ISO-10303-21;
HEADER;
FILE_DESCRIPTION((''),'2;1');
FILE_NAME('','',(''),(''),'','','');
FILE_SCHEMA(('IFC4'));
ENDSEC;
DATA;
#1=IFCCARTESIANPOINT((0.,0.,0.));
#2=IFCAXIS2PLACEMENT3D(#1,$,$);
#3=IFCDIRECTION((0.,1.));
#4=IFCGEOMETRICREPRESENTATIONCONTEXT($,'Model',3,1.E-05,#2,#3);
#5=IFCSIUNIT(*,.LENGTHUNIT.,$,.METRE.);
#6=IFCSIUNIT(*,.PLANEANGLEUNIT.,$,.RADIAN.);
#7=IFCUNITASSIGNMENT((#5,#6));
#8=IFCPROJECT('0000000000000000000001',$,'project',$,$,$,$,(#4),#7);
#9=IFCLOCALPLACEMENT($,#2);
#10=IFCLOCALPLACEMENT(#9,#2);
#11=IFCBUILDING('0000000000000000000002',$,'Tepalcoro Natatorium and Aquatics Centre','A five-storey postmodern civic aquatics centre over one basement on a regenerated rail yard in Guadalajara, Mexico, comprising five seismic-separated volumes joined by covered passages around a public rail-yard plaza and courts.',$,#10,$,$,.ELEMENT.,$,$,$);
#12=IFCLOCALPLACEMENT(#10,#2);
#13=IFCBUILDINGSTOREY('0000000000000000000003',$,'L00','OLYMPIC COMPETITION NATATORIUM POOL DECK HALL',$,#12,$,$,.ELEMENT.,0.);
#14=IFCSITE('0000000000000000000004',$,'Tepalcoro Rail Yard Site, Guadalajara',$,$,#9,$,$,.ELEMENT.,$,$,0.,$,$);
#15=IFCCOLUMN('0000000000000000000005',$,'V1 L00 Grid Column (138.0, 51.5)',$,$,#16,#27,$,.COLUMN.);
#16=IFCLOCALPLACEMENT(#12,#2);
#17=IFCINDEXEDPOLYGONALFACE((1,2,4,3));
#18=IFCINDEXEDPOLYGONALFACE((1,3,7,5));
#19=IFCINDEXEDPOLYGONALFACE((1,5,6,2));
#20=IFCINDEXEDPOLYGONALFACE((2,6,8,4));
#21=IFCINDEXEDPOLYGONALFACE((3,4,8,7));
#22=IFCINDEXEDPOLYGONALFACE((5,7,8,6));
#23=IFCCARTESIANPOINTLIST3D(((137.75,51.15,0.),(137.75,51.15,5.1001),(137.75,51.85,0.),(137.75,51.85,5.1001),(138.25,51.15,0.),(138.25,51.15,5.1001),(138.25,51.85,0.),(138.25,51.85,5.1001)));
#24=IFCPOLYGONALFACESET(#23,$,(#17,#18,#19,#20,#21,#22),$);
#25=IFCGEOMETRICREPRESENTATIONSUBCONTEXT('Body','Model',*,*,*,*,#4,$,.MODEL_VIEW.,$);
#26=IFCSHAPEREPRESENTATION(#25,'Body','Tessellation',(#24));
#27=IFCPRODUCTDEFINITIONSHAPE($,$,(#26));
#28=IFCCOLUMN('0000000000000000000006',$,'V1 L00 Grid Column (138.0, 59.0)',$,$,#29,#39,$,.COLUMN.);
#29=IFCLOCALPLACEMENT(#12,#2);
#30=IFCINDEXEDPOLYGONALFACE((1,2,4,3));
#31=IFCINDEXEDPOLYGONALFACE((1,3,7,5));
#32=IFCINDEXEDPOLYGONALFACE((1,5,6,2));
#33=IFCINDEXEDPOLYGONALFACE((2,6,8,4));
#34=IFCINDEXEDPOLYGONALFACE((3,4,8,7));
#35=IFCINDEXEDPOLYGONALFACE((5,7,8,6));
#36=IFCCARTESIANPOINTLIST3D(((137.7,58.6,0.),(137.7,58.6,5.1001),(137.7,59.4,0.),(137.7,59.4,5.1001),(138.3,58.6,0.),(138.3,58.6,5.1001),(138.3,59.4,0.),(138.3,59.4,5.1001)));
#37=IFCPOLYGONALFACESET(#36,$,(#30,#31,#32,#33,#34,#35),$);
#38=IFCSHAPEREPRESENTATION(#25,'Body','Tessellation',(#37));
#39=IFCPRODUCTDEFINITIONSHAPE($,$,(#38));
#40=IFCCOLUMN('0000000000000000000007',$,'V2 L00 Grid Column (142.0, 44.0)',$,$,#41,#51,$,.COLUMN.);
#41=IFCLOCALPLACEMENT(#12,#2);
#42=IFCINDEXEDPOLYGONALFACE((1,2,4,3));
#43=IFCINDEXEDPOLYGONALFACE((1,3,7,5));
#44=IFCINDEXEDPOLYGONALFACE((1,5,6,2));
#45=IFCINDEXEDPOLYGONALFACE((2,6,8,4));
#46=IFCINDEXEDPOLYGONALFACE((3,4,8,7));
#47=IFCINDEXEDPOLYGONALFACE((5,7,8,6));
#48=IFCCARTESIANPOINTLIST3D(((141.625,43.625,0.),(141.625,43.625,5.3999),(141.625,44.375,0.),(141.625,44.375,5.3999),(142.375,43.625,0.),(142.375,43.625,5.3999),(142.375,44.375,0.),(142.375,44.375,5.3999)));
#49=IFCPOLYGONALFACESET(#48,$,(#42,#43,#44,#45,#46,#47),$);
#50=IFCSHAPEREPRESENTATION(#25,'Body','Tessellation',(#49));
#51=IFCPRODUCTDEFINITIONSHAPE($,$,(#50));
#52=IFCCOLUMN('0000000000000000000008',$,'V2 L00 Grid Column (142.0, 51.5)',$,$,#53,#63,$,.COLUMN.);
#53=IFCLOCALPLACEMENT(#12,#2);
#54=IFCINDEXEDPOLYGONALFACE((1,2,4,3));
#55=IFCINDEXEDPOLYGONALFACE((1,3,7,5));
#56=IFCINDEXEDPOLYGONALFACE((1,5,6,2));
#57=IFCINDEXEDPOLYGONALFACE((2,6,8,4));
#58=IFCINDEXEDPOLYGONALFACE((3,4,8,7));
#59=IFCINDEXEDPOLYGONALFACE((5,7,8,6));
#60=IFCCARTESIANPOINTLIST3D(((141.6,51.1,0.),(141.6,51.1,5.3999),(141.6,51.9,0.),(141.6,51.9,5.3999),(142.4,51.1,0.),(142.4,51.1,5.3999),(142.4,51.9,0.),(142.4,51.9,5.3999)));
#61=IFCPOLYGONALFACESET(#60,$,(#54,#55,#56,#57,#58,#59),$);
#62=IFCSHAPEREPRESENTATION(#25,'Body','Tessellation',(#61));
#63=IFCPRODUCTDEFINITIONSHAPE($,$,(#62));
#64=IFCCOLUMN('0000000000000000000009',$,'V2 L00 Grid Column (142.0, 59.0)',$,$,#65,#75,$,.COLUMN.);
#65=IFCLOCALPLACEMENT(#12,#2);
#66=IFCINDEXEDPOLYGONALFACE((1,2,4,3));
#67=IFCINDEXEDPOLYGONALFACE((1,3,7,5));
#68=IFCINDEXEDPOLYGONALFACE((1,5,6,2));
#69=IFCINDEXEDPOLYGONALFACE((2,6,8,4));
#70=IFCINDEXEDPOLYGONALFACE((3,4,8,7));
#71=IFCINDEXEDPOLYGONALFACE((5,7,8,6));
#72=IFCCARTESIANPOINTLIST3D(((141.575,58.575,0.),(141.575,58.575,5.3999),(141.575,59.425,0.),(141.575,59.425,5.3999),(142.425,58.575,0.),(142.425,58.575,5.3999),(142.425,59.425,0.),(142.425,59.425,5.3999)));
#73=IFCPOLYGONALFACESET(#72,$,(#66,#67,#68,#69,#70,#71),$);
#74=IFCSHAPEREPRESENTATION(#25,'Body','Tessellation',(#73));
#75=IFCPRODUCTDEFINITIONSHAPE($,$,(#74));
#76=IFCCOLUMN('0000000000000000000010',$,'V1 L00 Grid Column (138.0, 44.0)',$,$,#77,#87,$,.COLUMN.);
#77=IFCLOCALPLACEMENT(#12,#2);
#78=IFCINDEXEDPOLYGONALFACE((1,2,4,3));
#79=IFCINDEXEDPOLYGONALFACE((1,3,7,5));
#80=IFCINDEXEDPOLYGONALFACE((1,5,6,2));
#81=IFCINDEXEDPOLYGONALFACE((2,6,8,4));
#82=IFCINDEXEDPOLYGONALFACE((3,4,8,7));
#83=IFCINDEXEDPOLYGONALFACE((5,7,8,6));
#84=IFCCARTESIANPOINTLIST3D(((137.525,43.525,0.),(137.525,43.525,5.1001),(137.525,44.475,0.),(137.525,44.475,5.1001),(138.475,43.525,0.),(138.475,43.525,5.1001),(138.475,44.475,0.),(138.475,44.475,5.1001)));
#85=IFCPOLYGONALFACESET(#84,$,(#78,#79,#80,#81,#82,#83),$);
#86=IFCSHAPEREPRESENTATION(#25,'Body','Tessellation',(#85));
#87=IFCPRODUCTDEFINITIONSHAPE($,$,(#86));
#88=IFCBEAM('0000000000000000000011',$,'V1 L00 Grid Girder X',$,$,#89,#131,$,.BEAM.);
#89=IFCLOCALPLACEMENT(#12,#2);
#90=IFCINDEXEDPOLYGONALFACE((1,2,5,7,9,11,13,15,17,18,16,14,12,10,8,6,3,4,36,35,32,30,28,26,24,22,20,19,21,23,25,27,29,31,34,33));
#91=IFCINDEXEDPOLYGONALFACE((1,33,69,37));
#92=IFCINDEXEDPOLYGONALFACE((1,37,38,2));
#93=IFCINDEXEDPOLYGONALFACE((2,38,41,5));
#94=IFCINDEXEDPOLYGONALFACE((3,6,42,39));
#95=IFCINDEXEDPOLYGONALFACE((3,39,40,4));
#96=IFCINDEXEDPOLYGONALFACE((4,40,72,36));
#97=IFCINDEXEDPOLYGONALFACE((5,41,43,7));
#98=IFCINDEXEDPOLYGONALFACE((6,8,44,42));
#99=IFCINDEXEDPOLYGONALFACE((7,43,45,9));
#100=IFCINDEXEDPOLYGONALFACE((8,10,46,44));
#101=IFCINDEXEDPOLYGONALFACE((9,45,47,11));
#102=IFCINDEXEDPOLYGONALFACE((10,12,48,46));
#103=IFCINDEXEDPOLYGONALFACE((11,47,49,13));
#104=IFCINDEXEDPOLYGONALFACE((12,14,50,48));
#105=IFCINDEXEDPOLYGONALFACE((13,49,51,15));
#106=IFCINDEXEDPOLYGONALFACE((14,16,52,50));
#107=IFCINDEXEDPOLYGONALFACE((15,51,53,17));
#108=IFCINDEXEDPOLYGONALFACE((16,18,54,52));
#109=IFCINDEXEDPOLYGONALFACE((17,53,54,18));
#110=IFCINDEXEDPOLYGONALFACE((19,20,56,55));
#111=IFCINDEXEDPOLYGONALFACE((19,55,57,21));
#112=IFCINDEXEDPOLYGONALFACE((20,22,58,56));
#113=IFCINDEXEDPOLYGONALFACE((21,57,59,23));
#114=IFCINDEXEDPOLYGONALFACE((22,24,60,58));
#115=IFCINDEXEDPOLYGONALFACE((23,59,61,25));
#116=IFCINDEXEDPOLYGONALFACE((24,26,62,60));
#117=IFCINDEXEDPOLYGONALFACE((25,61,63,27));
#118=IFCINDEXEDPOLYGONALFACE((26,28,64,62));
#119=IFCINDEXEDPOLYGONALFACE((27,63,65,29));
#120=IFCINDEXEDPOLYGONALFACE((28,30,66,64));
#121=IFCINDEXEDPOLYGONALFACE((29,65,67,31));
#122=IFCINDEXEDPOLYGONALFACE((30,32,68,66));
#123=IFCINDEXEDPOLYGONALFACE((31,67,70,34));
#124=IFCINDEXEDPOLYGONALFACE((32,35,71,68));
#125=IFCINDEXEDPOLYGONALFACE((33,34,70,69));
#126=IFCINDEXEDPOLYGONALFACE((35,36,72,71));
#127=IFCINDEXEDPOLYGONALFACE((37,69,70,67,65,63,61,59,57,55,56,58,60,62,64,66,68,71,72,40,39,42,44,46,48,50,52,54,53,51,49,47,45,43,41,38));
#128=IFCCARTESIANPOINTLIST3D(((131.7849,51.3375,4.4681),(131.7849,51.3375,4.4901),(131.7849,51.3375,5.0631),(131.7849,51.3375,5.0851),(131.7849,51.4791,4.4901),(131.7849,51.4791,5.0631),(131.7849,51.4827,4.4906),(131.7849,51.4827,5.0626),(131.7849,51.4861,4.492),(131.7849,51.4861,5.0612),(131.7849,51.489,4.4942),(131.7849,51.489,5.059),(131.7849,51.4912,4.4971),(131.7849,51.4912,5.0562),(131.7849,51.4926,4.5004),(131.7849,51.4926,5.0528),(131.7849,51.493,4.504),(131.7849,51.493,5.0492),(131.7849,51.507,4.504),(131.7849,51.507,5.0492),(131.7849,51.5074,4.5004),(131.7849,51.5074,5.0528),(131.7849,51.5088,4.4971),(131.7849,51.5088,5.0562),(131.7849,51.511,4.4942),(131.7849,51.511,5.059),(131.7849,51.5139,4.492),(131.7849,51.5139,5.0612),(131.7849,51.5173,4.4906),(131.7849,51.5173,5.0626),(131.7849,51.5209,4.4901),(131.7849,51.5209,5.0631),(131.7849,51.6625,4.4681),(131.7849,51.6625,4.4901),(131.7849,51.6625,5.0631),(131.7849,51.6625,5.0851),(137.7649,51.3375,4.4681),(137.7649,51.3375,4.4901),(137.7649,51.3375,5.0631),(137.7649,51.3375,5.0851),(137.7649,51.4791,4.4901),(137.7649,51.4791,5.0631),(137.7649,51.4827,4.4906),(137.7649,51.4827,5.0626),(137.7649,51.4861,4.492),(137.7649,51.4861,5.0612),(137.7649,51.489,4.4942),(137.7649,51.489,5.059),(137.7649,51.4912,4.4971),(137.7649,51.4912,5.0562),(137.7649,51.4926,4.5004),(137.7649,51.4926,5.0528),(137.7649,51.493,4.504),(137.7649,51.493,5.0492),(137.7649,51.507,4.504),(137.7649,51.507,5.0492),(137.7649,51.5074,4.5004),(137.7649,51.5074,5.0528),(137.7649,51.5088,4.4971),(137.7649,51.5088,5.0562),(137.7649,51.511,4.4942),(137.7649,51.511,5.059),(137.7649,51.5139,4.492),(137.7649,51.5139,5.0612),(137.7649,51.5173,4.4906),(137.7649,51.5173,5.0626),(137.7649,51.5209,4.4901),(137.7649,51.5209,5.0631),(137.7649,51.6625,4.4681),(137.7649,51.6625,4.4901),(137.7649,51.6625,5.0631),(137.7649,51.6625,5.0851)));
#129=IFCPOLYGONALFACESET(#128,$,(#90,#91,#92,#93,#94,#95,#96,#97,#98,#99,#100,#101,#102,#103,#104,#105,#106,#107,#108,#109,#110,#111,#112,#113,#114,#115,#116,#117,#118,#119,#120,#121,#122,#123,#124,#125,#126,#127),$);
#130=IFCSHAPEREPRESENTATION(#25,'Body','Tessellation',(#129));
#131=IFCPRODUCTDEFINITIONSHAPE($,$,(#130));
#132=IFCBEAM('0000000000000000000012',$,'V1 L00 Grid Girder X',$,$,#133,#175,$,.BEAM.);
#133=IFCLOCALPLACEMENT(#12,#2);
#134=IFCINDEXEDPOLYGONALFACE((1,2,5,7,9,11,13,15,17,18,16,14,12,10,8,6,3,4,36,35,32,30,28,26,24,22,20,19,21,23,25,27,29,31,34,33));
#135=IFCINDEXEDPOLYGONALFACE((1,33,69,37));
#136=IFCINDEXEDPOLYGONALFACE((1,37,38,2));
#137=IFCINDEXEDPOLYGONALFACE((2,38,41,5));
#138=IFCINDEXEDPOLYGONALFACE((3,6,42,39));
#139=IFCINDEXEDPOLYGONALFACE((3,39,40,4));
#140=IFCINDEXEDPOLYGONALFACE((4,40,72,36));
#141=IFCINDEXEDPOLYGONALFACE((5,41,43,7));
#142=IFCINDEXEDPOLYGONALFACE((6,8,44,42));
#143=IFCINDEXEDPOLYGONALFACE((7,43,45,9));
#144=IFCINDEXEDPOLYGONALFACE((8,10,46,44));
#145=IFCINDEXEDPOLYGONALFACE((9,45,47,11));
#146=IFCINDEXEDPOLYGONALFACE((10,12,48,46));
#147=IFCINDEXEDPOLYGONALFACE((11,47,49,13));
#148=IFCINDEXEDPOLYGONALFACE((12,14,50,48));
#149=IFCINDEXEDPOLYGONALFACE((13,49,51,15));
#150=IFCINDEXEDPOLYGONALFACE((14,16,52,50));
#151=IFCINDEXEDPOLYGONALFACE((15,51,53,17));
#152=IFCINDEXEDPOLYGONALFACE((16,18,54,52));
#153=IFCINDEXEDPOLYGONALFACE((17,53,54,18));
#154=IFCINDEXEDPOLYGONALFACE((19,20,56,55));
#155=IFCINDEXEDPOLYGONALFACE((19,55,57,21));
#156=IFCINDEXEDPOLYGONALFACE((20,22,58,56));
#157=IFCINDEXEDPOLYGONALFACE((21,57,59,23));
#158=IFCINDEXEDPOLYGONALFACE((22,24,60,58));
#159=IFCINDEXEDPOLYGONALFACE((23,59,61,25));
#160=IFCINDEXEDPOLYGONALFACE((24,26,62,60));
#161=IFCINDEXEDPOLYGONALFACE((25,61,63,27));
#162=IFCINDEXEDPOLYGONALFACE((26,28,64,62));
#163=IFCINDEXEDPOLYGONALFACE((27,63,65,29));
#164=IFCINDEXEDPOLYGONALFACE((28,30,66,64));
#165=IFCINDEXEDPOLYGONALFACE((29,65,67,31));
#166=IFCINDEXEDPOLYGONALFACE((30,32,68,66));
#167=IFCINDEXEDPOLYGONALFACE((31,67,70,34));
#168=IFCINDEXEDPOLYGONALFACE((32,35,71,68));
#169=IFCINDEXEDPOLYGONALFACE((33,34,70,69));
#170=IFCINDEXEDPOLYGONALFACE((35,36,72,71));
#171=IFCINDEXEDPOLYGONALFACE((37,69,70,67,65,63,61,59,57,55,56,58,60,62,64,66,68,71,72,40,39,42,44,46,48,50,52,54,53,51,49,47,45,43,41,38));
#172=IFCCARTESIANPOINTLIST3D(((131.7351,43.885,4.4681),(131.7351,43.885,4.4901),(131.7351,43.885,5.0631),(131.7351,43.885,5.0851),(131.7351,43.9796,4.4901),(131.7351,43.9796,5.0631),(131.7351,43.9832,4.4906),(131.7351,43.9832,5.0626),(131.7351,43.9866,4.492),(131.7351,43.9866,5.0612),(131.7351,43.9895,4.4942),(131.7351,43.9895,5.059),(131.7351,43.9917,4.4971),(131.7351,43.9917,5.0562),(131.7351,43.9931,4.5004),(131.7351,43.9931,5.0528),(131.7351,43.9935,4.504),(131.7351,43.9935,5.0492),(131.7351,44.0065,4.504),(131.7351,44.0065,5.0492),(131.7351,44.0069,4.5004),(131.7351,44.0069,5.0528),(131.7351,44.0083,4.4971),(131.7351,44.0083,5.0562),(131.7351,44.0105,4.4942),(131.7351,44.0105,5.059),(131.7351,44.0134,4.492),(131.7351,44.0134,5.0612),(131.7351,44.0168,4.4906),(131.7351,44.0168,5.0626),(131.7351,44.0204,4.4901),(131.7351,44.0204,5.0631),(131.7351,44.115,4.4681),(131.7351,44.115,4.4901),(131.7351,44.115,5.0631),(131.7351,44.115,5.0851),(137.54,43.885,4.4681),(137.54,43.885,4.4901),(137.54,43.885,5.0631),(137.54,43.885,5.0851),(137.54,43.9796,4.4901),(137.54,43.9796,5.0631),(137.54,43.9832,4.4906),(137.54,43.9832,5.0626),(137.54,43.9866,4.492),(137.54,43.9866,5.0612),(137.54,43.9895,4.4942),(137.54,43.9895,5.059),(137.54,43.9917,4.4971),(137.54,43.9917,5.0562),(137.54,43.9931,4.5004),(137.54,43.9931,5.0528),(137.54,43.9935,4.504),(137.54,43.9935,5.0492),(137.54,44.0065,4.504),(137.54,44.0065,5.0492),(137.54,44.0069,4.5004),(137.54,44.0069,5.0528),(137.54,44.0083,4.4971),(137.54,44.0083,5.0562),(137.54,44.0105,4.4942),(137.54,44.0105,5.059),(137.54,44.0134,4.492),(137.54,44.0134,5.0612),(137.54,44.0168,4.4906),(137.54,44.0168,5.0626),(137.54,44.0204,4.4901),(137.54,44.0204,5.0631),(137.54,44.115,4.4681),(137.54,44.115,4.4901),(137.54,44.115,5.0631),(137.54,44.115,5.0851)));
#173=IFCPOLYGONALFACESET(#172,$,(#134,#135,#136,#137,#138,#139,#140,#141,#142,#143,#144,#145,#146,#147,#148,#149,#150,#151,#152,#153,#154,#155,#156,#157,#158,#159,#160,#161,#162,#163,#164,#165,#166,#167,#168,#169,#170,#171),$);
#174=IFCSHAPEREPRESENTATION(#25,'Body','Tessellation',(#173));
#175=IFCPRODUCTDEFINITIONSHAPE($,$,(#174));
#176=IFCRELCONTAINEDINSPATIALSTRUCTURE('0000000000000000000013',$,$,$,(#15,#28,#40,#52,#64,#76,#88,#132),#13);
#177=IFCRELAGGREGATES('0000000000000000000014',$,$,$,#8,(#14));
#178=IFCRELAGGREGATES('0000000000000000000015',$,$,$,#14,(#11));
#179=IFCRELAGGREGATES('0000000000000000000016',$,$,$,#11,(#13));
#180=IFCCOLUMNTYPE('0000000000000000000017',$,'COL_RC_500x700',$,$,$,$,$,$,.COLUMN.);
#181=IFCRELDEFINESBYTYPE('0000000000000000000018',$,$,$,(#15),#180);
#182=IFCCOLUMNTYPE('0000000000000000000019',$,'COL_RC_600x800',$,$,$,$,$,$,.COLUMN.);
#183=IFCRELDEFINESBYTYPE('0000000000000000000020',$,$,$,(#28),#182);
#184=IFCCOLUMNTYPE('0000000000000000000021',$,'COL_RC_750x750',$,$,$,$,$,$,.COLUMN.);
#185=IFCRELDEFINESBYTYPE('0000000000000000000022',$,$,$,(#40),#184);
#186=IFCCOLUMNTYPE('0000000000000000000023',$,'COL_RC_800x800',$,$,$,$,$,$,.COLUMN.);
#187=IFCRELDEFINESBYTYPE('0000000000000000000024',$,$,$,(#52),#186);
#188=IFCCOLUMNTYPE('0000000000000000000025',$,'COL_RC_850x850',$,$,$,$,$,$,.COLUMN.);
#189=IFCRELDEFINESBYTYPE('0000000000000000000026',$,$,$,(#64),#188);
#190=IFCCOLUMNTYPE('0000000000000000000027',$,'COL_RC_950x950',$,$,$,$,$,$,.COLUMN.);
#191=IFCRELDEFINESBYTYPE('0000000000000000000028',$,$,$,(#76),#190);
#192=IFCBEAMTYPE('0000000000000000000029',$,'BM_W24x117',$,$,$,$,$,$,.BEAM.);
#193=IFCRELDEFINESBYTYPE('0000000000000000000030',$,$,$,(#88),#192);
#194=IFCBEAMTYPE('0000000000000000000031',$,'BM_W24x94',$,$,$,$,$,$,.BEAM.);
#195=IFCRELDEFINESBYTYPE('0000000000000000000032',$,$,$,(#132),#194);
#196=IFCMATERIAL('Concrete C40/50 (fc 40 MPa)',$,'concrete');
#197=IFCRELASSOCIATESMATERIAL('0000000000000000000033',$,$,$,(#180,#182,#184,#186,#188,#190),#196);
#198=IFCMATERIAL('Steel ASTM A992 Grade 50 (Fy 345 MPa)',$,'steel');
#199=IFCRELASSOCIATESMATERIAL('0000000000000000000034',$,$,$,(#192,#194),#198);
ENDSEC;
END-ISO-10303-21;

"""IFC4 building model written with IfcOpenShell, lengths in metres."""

from ifc_helpers import new_model, si_unit, direction, frame, origin, origin_2d, place, context, subcontext, project, spatial, rectangle, i_section, extrude, material, material_profile, profile_set, type_object, element, save


model = new_model("IFC4")

# Units and contexts
model_context = context("Model", 3, precision=1e-05, world=origin(), true_north=direction((0.0, 1.0)))
body_context = subcontext(model_context, "Body", "Model", "MODEL_VIEW")
ifc_project = project(units=[si_unit("LENGTHUNIT", "METRE"), si_unit("PLANEANGLEUNIT", "RADIAN")], contexts=[model_context])

# Site, building, storey
site_placement = place(None, origin())
site = spatial("IfcSite", under=ifc_project, at=site_placement, Name="Tepalcoro Rail Yard Site, Guadalajara", CompositionType="ELEMENT", RefElevation=0.0)
building_placement = place(site_placement, origin())
building = spatial("IfcBuilding", under=site, at=building_placement, Name="Tepalcoro Natatorium and Aquatics Centre", Description="A five-storey postmodern civic aquatics centre over one basement on a regenerated rail yard in Guadalajara, Mexico, comprising five seismic-separated volumes joined by covered passages around a public rail-yard plaza and courts.", CompositionType="ELEMENT")
storey_placement = place(building_placement, origin())
storey = spatial("IfcBuildingStorey", under=building, at=storey_placement, Name="L00", Description="OLYMPIC COMPETITION NATATORIUM POOL DECK HALL", CompositionType="ELEMENT", Elevation=0.0)

# Columns
ifc_material_1 = material(Name="Concrete C40/50 (fc 40 MPa)", Category="concrete")
ifc_material_profile_1 = material_profile(ifc_material_1, rectangle(XDim=0.5, YDim=0.7, at=origin_2d()), Name="RC500x700")
ifc_profile_set_1 = profile_set([ifc_material_profile_1], Name="Concrete C40/50 (fc 40 MPa)")
column_type_1 = type_object("IfcColumnType", Name="COL_RC_500x700", PredefinedType="COLUMN", material=ifc_profile_set_1)
column_1_placement = place(storey_placement, frame((138.0, 51.5, 0.0), z_axis=(0.0, 0.0, 1.0), x_axis=(1.0, 0.0, 0.0)))
element("IfcColumn", 1, at=column_1_placement, inside=storey, type_object=column_type_1, Name="V1 L00 Grid Column (138.0, 51.5)", PredefinedType="COLUMN", context=body_context, shape_type="SweptSolid", body=[
    extrude(rectangle(XDim=0.5, YDim=0.7, at=origin_2d()), origin(), (0.0, 0.0, 1.0), 5.1001),
])
ifc_material_profile_2 = material_profile(ifc_material_1, rectangle(XDim=0.6001, YDim=0.8, at=origin_2d()), Name="RC600x800")
ifc_profile_set_2 = profile_set([ifc_material_profile_2], Name="Concrete C40/50 (fc 40 MPa)")
column_type_2 = type_object("IfcColumnType", Name="COL_RC_600x800", PredefinedType="COLUMN", material=ifc_profile_set_2)
column_2_placement = place(storey_placement, frame((138.0, 59.0, 0.0), z_axis=(0.0, 0.0, 1.0), x_axis=(1.0, 0.0, 0.0)))
element("IfcColumn", 2, at=column_2_placement, inside=storey, type_object=column_type_2, Name="V1 L00 Grid Column (138.0, 59.0)", PredefinedType="COLUMN", context=body_context, shape_type="SweptSolid", body=[
    extrude(rectangle(XDim=0.6001, YDim=0.8, at=origin_2d()), origin(), (0.0, 0.0, 1.0), 5.1001),
])
ifc_material_profile_3 = material_profile(ifc_material_1, rectangle(XDim=0.75, YDim=0.75, at=origin_2d()), Name="RC750x750")
ifc_profile_set_3 = profile_set([ifc_material_profile_3], Name="Concrete C40/50 (fc 40 MPa)")
column_type_3 = type_object("IfcColumnType", Name="COL_RC_750x750", PredefinedType="COLUMN", material=ifc_profile_set_3)
column_3_placement = place(storey_placement, frame((142.0, 44.0, 0.0), z_axis=(0.0, 0.0, 1.0), x_axis=(1.0, 0.0, 0.0)))
element("IfcColumn", 3, at=column_3_placement, inside=storey, type_object=column_type_3, Name="V2 L00 Grid Column (142.0, 44.0)", PredefinedType="COLUMN", context=body_context, shape_type="SweptSolid", body=[
    extrude(rectangle(XDim=0.75, YDim=0.75, at=origin_2d()), origin(), (0.0, 0.0, 1.0), 5.3999),
])
ifc_material_profile_4 = material_profile(ifc_material_1, rectangle(XDim=0.8, YDim=0.8, at=origin_2d()), Name="RC800x800")
ifc_profile_set_4 = profile_set([ifc_material_profile_4], Name="Concrete C40/50 (fc 40 MPa)")
column_type_4 = type_object("IfcColumnType", Name="COL_RC_800x800", PredefinedType="COLUMN", material=ifc_profile_set_4)
column_4_placement = place(storey_placement, frame((142.0, 51.5, 0.0), z_axis=(0.0, 0.0, 1.0), x_axis=(1.0, 0.0, 0.0)))
element("IfcColumn", 4, at=column_4_placement, inside=storey, type_object=column_type_4, Name="V2 L00 Grid Column (142.0, 51.5)", PredefinedType="COLUMN", context=body_context, shape_type="SweptSolid", body=[
    extrude(rectangle(XDim=0.8, YDim=0.8, at=origin_2d()), origin(), (0.0, 0.0, 1.0), 5.3999),
])
ifc_material_profile_5 = material_profile(ifc_material_1, rectangle(XDim=0.8501, YDim=0.8501, at=origin_2d()), Name="RC850x850")
ifc_profile_set_5 = profile_set([ifc_material_profile_5], Name="Concrete C40/50 (fc 40 MPa)")
column_type_5 = type_object("IfcColumnType", Name="COL_RC_850x850", PredefinedType="COLUMN", material=ifc_profile_set_5)
column_5_placement = place(storey_placement, frame((142.0, 59.0, 0.0), z_axis=(0.0, 0.0, 1.0), x_axis=(1.0, 0.0, 0.0)))
element("IfcColumn", 5, at=column_5_placement, inside=storey, type_object=column_type_5, Name="V2 L00 Grid Column (142.0, 59.0)", PredefinedType="COLUMN", context=body_context, shape_type="SweptSolid", body=[
    extrude(rectangle(XDim=0.8501, YDim=0.8501, at=origin_2d()), origin(), (0.0, 0.0, 1.0), 5.3999),
])
ifc_material_profile_6 = material_profile(ifc_material_1, rectangle(XDim=0.95, YDim=0.95, at=origin_2d()), Name="RC950x950")
ifc_profile_set_6 = profile_set([ifc_material_profile_6], Name="Concrete C40/50 (fc 40 MPa)")
column_type_6 = type_object("IfcColumnType", Name="COL_RC_950x950", PredefinedType="COLUMN", material=ifc_profile_set_6)
column_6_placement = place(storey_placement, frame((138.0, 44.0, 0.0), z_axis=(0.0, 0.0, 1.0), x_axis=(1.0, 0.0, 0.0)))
element("IfcColumn", 6, at=column_6_placement, inside=storey, type_object=column_type_6, Name="V1 L00 Grid Column (138.0, 44.0)", PredefinedType="COLUMN", context=body_context, shape_type="SweptSolid", body=[
    extrude(rectangle(XDim=0.95, YDim=0.95, at=origin_2d()), origin(), (0.0, 0.0, 1.0), 5.1001),
])

# Beams
ifc_material_2 = material(Name="Steel ASTM A992 Grade 50 (Fy 345 MPa)", Category="steel")
ifc_material_profile_7 = material_profile(ifc_material_2, i_section(OverallWidth=0.325, OverallDepth=0.6169, WebThickness=0.0139, FlangeThickness=0.022, FilletRadius=0.0139, at=origin_2d()), Name="W24X117")
ifc_profile_set_7 = profile_set([ifc_material_profile_7], Name="Steel ASTM A992 Grade 50 (Fy 345 MPa)")
beam_type_1 = type_object("IfcBeamType", Name="BM_W24x117", PredefinedType="BEAM", material=ifc_profile_set_7)
beam_1_placement = place(storey_placement, frame((131.7849, 51.5, 4.7766), z_axis=(1.0, 0.0, 0.0), x_axis=(0.0, 1.0, 0.0)))
element("IfcBeam", 7, at=beam_1_placement, inside=storey, type_object=beam_type_1, Name="V1 L00 Grid Girder X", PredefinedType="BEAM", context=body_context, shape_type="SweptSolid", body=[
    extrude(i_section(OverallWidth=0.325, OverallDepth=0.6169, WebThickness=0.0139, FlangeThickness=0.022, FilletRadius=0.0139, at=origin_2d()), origin(), (0.0, 0.0, 1.0), 5.98),
])
ifc_material_profile_8 = material_profile(ifc_material_2, i_section(OverallWidth=0.23, OverallDepth=0.6169, WebThickness=0.0129, FlangeThickness=0.022, FilletRadius=0.0139, at=origin_2d()), Name="W24X94")
ifc_profile_set_8 = profile_set([ifc_material_profile_8], Name="Steel ASTM A992 Grade 50 (Fy 345 MPa)")
beam_type_2 = type_object("IfcBeamType", Name="BM_W24x94", PredefinedType="BEAM", material=ifc_profile_set_8)
beam_2_placement = place(storey_placement, frame((131.7351, 44.0, 4.7766), z_axis=(1.0, 0.0, 0.0), x_axis=(0.0, 1.0, 0.0)))
element("IfcBeam", 8, at=beam_2_placement, inside=storey, type_object=beam_type_2, Name="V1 L00 Grid Girder X", PredefinedType="BEAM", context=body_context, shape_type="SweptSolid", body=[
    extrude(i_section(OverallWidth=0.23, OverallDepth=0.6169, WebThickness=0.0129, FlangeThickness=0.022, FilletRadius=0.0139, at=origin_2d()), origin(), (0.0, 0.0, 1.0), 5.8049),
])

save(model, "model.ifc")
